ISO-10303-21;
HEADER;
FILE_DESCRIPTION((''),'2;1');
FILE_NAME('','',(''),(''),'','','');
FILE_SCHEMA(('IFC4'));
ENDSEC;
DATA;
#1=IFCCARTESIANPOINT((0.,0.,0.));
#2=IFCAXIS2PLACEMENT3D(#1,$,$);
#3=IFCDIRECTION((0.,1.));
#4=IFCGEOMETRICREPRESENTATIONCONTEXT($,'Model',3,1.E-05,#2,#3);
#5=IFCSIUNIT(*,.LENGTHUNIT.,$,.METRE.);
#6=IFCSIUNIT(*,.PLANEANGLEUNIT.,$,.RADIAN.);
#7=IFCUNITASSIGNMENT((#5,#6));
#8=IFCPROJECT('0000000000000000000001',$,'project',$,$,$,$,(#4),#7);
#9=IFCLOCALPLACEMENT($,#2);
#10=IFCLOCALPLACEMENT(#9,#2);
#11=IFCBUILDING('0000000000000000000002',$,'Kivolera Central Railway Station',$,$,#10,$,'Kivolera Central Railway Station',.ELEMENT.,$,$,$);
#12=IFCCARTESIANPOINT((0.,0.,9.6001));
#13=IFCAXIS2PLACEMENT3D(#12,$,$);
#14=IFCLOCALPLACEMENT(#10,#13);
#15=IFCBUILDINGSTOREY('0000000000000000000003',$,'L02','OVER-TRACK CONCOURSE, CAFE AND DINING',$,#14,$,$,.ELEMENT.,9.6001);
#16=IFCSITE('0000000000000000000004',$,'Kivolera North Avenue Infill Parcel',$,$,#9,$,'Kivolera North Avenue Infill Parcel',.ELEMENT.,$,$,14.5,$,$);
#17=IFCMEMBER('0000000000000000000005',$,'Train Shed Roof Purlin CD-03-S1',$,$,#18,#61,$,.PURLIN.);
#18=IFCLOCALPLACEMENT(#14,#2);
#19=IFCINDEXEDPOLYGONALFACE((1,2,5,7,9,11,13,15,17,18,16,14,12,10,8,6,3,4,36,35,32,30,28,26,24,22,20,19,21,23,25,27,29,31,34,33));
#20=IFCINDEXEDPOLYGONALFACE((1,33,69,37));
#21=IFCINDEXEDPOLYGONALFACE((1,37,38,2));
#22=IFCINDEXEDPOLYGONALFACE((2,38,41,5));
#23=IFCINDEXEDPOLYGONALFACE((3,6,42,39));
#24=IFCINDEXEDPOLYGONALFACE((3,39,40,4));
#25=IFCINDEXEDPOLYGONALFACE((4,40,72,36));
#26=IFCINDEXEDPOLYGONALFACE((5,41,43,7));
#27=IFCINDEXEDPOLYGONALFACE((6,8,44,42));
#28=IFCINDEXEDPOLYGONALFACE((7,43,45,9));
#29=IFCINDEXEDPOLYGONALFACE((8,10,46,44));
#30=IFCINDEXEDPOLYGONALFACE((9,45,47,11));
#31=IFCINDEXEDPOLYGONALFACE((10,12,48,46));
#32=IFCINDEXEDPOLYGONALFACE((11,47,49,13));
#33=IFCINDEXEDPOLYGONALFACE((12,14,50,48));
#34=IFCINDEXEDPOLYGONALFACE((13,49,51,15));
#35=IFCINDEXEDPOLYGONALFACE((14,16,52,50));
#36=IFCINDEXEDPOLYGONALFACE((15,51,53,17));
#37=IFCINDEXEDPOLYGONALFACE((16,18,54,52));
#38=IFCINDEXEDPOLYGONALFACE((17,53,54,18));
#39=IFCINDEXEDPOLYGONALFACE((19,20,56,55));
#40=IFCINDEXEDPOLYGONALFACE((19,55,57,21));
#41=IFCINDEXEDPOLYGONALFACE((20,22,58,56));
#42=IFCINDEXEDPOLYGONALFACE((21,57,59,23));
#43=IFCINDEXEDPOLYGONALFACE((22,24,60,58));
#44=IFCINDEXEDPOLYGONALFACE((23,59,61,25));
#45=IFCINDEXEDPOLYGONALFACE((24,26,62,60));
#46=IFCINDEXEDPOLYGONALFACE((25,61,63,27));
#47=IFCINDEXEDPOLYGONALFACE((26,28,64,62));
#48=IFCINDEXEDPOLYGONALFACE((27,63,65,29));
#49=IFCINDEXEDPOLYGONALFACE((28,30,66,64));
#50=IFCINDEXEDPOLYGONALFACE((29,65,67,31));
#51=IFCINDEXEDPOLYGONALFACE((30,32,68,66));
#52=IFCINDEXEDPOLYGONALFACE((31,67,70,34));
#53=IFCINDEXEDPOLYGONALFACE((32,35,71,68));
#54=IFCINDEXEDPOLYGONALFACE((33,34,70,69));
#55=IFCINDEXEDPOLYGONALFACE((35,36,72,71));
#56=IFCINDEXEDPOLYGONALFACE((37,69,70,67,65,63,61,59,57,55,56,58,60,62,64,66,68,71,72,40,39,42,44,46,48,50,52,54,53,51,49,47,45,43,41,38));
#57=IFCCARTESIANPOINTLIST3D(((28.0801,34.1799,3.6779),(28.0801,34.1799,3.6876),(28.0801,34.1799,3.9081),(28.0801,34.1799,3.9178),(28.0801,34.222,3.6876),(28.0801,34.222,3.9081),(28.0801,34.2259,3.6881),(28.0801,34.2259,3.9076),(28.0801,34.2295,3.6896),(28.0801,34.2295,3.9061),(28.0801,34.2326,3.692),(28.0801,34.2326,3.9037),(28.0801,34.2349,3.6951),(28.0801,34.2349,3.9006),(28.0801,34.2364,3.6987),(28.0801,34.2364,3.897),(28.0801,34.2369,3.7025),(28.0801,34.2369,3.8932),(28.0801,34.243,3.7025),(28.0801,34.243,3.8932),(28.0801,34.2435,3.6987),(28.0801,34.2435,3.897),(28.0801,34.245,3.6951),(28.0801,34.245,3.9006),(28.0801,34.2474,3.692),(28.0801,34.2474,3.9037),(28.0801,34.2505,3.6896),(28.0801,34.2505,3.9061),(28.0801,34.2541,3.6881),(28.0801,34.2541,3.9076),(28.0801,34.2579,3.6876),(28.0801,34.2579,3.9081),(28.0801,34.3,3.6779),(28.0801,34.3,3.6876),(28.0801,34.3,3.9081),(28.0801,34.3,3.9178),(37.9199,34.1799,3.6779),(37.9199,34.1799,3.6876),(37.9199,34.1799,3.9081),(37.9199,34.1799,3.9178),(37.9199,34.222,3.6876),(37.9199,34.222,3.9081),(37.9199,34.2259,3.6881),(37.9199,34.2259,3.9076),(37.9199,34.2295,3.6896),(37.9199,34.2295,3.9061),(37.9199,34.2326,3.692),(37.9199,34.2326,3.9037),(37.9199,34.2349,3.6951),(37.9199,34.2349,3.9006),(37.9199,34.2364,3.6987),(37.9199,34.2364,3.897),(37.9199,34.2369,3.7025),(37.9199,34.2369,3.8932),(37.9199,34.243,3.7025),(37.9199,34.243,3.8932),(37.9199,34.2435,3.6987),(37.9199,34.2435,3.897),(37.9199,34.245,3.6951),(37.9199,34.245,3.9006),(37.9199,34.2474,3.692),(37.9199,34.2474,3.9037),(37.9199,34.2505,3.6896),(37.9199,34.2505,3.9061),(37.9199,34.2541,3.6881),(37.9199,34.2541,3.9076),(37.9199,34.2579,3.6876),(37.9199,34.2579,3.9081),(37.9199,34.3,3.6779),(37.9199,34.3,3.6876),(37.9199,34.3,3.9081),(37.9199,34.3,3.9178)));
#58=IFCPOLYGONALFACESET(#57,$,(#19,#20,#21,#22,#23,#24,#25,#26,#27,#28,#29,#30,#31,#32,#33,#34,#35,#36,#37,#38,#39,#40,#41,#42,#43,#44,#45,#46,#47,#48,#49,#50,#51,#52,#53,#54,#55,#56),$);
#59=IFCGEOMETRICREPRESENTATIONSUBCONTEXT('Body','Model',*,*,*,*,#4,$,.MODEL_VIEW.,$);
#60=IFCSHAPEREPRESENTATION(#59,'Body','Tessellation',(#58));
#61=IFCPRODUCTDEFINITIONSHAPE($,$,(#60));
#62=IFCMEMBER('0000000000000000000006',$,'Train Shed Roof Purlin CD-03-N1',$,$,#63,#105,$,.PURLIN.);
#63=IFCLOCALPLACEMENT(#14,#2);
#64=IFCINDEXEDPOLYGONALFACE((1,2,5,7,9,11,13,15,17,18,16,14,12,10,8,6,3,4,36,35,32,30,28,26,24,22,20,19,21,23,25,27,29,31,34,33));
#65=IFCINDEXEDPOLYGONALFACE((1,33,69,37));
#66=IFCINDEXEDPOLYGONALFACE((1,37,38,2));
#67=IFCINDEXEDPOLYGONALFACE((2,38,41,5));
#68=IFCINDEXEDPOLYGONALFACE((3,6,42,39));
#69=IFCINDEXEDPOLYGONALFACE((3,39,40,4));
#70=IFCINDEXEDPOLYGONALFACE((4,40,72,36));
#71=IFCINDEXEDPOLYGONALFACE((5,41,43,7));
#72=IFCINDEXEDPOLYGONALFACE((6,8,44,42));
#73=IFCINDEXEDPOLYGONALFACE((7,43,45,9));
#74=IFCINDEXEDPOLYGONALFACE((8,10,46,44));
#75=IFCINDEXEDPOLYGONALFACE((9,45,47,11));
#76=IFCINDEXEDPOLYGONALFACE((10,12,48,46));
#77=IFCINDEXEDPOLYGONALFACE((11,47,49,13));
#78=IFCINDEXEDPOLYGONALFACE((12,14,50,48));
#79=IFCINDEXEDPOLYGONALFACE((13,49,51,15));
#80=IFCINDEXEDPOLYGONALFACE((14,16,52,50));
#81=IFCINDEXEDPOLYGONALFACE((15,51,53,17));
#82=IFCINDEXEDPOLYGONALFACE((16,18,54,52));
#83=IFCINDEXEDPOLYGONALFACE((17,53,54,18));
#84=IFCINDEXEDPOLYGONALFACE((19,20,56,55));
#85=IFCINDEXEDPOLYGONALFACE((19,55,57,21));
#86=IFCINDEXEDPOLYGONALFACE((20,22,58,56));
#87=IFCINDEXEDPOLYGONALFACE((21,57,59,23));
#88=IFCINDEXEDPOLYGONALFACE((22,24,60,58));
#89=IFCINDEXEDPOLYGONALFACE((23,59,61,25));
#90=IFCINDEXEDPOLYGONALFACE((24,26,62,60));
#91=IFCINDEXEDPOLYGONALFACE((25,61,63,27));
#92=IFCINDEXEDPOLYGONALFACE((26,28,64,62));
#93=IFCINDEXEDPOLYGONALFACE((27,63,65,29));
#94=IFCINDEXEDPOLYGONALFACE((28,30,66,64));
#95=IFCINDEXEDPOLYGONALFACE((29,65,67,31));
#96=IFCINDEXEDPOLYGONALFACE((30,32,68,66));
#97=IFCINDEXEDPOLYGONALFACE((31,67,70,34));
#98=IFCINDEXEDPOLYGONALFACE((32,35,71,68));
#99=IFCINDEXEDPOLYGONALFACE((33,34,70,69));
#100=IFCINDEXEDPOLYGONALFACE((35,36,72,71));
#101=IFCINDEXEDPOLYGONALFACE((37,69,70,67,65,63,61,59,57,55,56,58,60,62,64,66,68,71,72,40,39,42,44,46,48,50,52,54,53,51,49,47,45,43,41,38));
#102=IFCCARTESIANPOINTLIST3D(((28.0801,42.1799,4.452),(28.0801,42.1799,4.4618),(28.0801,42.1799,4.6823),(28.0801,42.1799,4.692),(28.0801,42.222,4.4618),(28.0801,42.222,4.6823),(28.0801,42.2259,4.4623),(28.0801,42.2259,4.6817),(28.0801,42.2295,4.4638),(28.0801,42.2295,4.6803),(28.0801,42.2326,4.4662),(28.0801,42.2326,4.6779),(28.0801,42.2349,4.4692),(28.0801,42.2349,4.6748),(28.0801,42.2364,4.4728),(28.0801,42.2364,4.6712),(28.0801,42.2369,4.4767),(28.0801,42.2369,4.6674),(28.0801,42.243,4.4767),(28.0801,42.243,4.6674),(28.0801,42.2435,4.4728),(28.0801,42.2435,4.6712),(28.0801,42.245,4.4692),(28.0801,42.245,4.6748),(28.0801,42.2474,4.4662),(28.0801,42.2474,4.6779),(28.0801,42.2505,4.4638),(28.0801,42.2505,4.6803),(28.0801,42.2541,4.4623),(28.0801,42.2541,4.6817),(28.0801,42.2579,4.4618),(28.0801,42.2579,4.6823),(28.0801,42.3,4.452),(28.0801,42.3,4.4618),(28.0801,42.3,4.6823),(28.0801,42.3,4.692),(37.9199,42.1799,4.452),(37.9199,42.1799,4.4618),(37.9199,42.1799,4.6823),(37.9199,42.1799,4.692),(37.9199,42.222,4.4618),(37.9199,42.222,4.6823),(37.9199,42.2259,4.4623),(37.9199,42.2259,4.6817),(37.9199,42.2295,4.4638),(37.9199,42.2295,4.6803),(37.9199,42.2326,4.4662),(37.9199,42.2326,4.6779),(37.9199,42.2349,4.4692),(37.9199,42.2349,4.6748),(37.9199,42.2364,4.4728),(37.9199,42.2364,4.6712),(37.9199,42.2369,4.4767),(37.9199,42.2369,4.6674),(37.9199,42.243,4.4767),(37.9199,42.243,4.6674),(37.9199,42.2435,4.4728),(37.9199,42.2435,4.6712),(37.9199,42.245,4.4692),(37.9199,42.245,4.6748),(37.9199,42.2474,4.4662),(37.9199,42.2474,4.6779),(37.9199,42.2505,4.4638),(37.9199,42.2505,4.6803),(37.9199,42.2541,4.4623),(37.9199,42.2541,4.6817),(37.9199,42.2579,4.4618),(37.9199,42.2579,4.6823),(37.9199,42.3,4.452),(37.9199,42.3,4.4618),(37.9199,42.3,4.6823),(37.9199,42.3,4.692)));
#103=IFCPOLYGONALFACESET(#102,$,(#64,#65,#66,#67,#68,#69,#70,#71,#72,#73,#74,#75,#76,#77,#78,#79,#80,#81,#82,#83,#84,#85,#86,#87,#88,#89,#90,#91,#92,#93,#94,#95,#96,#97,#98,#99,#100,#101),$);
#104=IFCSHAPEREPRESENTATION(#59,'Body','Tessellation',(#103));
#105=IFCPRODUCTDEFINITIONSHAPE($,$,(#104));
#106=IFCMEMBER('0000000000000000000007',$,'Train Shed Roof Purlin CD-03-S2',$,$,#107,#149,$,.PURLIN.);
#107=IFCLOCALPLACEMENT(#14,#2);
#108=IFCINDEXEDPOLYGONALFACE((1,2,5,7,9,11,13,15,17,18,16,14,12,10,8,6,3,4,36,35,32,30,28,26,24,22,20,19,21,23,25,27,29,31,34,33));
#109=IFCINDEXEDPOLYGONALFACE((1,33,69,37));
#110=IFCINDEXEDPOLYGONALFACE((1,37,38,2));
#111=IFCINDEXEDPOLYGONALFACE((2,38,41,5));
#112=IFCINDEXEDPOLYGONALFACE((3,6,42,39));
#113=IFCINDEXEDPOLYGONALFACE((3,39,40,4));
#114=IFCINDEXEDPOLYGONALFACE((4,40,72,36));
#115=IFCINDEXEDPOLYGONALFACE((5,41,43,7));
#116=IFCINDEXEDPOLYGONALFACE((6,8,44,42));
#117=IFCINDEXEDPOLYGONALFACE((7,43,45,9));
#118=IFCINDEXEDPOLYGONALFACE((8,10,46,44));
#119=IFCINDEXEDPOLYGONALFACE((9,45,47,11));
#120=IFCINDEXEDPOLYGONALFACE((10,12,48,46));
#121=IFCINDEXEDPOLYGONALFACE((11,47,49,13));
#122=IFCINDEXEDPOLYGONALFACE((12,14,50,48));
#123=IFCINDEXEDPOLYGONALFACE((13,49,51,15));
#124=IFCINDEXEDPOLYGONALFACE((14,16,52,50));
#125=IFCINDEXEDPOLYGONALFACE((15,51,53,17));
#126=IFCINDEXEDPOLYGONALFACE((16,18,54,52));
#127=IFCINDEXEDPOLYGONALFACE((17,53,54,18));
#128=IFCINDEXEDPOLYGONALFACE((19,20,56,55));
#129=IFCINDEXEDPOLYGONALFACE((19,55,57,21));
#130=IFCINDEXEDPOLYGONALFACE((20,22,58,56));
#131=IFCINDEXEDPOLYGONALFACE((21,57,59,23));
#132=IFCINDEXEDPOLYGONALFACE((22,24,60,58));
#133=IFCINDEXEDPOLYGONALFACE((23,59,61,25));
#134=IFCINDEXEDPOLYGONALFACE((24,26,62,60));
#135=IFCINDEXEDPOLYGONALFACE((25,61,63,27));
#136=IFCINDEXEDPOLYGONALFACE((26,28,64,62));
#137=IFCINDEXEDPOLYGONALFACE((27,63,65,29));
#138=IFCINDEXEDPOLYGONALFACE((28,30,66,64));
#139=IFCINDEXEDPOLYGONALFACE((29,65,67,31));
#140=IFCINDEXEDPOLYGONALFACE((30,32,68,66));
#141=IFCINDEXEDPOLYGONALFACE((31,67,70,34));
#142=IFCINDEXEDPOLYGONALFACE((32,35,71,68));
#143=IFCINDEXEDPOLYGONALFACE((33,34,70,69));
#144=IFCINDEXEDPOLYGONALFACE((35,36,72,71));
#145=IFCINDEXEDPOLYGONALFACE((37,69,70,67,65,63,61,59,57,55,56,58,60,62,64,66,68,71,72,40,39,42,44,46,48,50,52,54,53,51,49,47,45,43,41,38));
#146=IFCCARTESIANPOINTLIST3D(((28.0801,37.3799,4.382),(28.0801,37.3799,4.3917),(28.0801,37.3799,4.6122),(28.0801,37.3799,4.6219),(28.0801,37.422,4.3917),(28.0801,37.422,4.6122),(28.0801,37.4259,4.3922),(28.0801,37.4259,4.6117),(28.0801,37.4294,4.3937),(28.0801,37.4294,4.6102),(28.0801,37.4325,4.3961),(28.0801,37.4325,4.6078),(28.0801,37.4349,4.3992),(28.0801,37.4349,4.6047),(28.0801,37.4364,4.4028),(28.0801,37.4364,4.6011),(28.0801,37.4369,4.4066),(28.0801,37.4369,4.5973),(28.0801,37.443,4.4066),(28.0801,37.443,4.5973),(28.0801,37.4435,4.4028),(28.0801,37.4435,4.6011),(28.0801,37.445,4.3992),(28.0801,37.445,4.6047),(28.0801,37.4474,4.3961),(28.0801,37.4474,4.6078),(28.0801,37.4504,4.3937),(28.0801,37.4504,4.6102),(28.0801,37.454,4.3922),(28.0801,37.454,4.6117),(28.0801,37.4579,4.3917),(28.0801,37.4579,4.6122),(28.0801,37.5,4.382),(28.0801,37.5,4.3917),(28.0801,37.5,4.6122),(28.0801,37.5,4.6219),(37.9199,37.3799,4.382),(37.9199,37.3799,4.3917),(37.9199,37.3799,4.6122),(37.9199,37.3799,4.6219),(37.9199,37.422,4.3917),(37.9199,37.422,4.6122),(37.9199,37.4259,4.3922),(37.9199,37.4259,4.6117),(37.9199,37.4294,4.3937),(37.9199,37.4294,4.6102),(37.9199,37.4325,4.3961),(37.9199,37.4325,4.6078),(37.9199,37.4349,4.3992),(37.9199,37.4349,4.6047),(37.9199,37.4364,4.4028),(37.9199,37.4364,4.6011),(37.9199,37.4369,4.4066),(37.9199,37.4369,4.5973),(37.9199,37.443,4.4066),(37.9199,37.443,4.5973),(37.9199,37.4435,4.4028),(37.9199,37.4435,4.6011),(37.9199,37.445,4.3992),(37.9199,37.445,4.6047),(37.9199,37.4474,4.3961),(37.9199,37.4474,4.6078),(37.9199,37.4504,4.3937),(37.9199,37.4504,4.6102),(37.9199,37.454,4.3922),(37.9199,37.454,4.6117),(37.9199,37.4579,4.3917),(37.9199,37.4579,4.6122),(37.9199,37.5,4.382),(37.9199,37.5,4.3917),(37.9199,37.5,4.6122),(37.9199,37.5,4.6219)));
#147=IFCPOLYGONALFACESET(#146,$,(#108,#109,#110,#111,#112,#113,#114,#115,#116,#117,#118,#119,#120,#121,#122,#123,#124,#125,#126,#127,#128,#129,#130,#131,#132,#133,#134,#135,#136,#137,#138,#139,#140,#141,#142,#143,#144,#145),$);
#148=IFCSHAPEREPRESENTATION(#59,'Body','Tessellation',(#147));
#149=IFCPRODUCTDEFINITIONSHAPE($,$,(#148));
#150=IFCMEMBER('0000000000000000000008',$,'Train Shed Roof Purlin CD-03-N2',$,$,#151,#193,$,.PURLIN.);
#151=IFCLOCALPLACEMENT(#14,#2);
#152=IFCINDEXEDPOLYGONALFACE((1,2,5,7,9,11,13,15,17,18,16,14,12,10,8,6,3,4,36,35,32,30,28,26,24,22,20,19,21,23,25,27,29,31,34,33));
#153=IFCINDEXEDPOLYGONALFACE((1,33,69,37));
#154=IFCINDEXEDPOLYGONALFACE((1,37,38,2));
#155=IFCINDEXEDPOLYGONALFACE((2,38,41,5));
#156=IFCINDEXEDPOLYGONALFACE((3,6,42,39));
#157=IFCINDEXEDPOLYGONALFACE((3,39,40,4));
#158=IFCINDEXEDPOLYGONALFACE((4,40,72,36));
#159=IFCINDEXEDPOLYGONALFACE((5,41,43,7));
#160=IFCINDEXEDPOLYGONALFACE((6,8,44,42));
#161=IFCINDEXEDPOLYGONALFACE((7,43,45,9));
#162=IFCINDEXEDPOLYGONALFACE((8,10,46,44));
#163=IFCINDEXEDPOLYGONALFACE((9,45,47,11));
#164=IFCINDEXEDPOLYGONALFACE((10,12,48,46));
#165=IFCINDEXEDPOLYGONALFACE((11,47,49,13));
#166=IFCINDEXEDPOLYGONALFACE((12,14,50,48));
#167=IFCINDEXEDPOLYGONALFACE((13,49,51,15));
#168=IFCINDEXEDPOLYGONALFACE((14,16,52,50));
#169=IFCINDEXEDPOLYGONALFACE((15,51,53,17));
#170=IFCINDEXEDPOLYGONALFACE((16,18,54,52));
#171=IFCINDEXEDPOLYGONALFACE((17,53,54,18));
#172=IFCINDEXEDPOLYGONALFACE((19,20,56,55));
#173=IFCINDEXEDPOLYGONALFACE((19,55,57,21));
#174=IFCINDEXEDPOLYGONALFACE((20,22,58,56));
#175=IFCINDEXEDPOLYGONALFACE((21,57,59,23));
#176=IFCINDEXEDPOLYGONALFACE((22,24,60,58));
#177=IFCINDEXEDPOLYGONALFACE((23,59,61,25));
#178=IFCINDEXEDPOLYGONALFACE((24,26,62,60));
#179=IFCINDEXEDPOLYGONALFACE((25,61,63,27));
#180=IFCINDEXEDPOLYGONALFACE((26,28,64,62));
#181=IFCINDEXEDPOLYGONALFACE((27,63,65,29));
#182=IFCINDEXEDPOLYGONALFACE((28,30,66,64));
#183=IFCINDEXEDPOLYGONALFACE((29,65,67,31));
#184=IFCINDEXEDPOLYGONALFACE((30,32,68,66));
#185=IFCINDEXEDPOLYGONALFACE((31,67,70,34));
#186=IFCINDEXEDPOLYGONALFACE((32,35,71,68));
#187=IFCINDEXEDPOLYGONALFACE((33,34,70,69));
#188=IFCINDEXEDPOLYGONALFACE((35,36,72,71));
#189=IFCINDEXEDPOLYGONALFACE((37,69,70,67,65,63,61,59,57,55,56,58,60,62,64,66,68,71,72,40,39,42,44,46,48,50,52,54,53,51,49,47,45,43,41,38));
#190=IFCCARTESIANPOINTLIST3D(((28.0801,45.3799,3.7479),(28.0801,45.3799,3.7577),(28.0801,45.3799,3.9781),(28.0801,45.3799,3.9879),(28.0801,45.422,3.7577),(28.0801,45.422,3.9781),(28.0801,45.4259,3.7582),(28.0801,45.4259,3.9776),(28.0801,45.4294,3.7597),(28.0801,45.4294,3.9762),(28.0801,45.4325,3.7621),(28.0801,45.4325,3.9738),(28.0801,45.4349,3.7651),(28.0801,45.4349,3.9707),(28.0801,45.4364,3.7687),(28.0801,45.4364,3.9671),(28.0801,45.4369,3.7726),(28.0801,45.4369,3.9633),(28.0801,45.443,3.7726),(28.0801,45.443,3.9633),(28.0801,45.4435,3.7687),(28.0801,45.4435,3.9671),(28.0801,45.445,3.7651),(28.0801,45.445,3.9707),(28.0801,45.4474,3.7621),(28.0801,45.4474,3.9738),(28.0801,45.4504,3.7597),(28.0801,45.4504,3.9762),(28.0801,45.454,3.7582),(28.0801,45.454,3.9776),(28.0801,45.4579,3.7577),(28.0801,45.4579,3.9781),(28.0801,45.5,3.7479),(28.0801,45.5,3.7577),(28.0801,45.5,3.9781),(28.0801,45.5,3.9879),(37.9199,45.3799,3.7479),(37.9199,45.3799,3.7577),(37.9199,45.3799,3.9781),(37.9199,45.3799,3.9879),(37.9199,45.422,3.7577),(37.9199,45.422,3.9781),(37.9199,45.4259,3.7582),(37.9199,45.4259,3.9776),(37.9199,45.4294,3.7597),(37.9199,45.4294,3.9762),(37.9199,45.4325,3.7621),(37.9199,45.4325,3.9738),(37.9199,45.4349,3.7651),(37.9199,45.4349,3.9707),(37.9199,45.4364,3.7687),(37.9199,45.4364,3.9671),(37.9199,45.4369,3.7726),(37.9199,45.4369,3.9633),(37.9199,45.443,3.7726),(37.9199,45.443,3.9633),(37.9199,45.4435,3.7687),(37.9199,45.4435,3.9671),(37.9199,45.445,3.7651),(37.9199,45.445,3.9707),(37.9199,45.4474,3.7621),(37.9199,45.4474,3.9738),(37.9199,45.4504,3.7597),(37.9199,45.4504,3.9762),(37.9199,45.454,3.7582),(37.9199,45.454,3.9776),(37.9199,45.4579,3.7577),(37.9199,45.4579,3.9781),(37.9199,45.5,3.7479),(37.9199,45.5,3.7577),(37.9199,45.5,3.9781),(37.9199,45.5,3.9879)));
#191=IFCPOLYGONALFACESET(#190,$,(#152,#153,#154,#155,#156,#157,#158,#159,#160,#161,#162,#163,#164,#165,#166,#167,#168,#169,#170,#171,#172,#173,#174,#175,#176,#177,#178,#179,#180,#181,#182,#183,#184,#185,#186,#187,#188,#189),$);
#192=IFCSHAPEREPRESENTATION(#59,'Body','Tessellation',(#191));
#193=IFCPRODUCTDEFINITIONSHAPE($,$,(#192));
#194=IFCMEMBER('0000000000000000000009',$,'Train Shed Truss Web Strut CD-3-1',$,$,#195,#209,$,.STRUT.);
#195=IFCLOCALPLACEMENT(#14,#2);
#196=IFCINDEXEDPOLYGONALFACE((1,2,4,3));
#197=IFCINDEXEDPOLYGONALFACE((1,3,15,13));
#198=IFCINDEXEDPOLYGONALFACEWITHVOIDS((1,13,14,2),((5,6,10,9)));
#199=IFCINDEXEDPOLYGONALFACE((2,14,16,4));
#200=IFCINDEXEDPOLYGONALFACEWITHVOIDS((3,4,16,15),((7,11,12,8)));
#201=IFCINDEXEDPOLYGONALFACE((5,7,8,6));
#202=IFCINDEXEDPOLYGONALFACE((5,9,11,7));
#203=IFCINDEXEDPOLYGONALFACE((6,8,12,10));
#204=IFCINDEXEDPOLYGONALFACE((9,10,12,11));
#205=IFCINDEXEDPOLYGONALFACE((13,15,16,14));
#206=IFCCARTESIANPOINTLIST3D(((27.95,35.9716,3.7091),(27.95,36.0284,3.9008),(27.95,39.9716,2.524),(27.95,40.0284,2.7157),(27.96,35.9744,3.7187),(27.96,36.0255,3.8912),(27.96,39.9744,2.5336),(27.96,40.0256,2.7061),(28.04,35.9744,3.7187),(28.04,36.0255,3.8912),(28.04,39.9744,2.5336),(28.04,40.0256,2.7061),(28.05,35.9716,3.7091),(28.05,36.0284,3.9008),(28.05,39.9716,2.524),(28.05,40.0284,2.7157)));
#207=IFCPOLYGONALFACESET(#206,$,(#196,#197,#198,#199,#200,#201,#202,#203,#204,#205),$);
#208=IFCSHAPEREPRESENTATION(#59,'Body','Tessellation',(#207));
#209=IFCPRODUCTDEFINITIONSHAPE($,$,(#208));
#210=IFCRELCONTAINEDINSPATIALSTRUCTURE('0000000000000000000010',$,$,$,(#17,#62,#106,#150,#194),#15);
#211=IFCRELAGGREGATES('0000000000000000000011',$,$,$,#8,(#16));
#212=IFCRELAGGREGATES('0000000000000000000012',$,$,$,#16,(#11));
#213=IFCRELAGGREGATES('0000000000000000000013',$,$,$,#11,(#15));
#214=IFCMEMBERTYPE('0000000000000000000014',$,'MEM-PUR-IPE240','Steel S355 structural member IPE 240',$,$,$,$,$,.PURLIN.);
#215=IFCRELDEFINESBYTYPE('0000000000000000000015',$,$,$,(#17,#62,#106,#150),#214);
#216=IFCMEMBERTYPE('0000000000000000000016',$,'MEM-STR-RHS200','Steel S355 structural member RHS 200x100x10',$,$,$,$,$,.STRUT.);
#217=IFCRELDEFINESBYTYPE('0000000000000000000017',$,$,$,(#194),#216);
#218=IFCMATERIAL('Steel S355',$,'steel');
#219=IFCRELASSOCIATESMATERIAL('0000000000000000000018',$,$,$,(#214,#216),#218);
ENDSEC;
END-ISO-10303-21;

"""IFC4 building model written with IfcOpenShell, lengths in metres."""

from ifc_helpers import new_model, si_unit, direction, frame, origin, origin_2d, place, context, subcontext, project, spatial, hollow_rectangle, i_section, extrude, material, material_profile, profile_set, type_object, element, save


model = new_model("IFC4")

# Units and contexts
model_context = context("Model", 3, precision=1e-05, world=origin(), true_north=direction((0.0, 1.0)))
body_context = subcontext(model_context, "Body", "Model", "MODEL_VIEW")
ifc_project = project(units=[si_unit("LENGTHUNIT", "METRE"), si_unit("PLANEANGLEUNIT", "RADIAN")], contexts=[model_context])

# Site, building, storey
site_placement = place(None, origin())
site = spatial("IfcSite", under=ifc_project, at=site_placement, Name="Kivolera North Avenue Infill Parcel", LongName="Kivolera North Avenue Infill Parcel", CompositionType="ELEMENT", RefElevation=14.5)
building_placement = place(site_placement, origin())
building = spatial("IfcBuilding", under=site, at=building_placement, Name="Kivolera Central Railway Station", LongName="Kivolera Central Railway Station", CompositionType="ELEMENT")
storey_placement = place(building_placement, frame((0.0, 0.0, 9.6001)))
storey = spatial("IfcBuildingStorey", under=building, at=storey_placement, Name="L02", Description="OVER-TRACK CONCOURSE, CAFE AND DINING", CompositionType="ELEMENT", Elevation=9.6001)

# Shared definitions
ifc_material_1 = material(Name="Steel S355", Category="steel")

# Members
ifc_material_profile_1 = material_profile(ifc_material_1, i_section(OverallWidth=0.1201, OverallDepth=0.24, WebThickness=0.0061, FlangeThickness=0.0098, FilletRadius=0.0149, at=origin_2d()), Name="IPE 240")
ifc_profile_set_1 = profile_set([ifc_material_profile_1], Name="Steel S355")
member_type_1 = type_object("IfcMemberType", Name="MEM-PUR-IPE240", Description="Steel S355 structural member IPE 240", PredefinedType="PURLIN", material=ifc_profile_set_1)
for number, where, z_axis, x_axis, name in (
    (1, (28.0801, 34.24, 3.7979), (1.0, 0.0, 0.0), (0.0, 1.0, 0.0), "Train Shed Roof Purlin CD-03-S1"),
    (2, (28.0801, 42.24, 4.572), (1.0, 0.0, 0.0), (0.0, 1.0, 0.0), "Train Shed Roof Purlin CD-03-N1"),
    (3, (28.0801, 37.4399, 4.502), (1.0, 0.0, 0.0), (0.0, 1.0, 0.0), "Train Shed Roof Purlin CD-03-S2"),
    (4, (28.0801, 45.4399, 3.8679), (1.0, 0.0, 0.0), (0.0, 1.0, 0.0), "Train Shed Roof Purlin CD-03-N2"),
):
    element("IfcMember", number, at=place(storey_placement, frame(where, z_axis=z_axis, x_axis=x_axis)), inside=storey, type_object=member_type_1, Name=name, PredefinedType="PURLIN", context=body_context, shape_type="SweptSolid", body=[
        extrude(i_section(OverallWidth=0.1201, OverallDepth=0.24, WebThickness=0.0061, FlangeThickness=0.0098, FilletRadius=0.0149, at=origin_2d()), origin(), (0.0, 0.0, 1.0), 9.8398),
    ])
ifc_material_profile_2 = material_profile(ifc_material_1, hollow_rectangle(XDim=0.1001, YDim=0.2, WallThickness=0.01, at=origin_2d()), Name="RHS 200x100x10")
ifc_profile_set_2 = profile_set([ifc_material_profile_2], Name="Steel S355")
member_type_2 = type_object("IfcMemberType", Name="MEM-STR-RHS200", Description="Steel S355 structural member RHS 200x100x10", PredefinedType="STRUT", material=ifc_profile_set_2)
for number, where, z_axis, x_axis, name in (
    (5, (28.0, 40.0, 2.6199), (0.0, -0.958806, 0.28406), (1.0, 0.0, 0.0), "Train Shed Truss Web Strut CD-3-1"),
):
    element("IfcMember", number, at=place(storey_placement, frame(where, z_axis=z_axis, x_axis=x_axis)), inside=storey, type_object=member_type_2, Name=name, PredefinedType="STRUT", context=body_context, shape_type="SweptSolid", body=[
        extrude(hollow_rectangle(XDim=0.1001, YDim=0.2, WallThickness=0.01, at=origin_2d()), origin(), (0.0, 0.0, 1.0), 4.1719),
    ])

save(model, "model.ifc")
